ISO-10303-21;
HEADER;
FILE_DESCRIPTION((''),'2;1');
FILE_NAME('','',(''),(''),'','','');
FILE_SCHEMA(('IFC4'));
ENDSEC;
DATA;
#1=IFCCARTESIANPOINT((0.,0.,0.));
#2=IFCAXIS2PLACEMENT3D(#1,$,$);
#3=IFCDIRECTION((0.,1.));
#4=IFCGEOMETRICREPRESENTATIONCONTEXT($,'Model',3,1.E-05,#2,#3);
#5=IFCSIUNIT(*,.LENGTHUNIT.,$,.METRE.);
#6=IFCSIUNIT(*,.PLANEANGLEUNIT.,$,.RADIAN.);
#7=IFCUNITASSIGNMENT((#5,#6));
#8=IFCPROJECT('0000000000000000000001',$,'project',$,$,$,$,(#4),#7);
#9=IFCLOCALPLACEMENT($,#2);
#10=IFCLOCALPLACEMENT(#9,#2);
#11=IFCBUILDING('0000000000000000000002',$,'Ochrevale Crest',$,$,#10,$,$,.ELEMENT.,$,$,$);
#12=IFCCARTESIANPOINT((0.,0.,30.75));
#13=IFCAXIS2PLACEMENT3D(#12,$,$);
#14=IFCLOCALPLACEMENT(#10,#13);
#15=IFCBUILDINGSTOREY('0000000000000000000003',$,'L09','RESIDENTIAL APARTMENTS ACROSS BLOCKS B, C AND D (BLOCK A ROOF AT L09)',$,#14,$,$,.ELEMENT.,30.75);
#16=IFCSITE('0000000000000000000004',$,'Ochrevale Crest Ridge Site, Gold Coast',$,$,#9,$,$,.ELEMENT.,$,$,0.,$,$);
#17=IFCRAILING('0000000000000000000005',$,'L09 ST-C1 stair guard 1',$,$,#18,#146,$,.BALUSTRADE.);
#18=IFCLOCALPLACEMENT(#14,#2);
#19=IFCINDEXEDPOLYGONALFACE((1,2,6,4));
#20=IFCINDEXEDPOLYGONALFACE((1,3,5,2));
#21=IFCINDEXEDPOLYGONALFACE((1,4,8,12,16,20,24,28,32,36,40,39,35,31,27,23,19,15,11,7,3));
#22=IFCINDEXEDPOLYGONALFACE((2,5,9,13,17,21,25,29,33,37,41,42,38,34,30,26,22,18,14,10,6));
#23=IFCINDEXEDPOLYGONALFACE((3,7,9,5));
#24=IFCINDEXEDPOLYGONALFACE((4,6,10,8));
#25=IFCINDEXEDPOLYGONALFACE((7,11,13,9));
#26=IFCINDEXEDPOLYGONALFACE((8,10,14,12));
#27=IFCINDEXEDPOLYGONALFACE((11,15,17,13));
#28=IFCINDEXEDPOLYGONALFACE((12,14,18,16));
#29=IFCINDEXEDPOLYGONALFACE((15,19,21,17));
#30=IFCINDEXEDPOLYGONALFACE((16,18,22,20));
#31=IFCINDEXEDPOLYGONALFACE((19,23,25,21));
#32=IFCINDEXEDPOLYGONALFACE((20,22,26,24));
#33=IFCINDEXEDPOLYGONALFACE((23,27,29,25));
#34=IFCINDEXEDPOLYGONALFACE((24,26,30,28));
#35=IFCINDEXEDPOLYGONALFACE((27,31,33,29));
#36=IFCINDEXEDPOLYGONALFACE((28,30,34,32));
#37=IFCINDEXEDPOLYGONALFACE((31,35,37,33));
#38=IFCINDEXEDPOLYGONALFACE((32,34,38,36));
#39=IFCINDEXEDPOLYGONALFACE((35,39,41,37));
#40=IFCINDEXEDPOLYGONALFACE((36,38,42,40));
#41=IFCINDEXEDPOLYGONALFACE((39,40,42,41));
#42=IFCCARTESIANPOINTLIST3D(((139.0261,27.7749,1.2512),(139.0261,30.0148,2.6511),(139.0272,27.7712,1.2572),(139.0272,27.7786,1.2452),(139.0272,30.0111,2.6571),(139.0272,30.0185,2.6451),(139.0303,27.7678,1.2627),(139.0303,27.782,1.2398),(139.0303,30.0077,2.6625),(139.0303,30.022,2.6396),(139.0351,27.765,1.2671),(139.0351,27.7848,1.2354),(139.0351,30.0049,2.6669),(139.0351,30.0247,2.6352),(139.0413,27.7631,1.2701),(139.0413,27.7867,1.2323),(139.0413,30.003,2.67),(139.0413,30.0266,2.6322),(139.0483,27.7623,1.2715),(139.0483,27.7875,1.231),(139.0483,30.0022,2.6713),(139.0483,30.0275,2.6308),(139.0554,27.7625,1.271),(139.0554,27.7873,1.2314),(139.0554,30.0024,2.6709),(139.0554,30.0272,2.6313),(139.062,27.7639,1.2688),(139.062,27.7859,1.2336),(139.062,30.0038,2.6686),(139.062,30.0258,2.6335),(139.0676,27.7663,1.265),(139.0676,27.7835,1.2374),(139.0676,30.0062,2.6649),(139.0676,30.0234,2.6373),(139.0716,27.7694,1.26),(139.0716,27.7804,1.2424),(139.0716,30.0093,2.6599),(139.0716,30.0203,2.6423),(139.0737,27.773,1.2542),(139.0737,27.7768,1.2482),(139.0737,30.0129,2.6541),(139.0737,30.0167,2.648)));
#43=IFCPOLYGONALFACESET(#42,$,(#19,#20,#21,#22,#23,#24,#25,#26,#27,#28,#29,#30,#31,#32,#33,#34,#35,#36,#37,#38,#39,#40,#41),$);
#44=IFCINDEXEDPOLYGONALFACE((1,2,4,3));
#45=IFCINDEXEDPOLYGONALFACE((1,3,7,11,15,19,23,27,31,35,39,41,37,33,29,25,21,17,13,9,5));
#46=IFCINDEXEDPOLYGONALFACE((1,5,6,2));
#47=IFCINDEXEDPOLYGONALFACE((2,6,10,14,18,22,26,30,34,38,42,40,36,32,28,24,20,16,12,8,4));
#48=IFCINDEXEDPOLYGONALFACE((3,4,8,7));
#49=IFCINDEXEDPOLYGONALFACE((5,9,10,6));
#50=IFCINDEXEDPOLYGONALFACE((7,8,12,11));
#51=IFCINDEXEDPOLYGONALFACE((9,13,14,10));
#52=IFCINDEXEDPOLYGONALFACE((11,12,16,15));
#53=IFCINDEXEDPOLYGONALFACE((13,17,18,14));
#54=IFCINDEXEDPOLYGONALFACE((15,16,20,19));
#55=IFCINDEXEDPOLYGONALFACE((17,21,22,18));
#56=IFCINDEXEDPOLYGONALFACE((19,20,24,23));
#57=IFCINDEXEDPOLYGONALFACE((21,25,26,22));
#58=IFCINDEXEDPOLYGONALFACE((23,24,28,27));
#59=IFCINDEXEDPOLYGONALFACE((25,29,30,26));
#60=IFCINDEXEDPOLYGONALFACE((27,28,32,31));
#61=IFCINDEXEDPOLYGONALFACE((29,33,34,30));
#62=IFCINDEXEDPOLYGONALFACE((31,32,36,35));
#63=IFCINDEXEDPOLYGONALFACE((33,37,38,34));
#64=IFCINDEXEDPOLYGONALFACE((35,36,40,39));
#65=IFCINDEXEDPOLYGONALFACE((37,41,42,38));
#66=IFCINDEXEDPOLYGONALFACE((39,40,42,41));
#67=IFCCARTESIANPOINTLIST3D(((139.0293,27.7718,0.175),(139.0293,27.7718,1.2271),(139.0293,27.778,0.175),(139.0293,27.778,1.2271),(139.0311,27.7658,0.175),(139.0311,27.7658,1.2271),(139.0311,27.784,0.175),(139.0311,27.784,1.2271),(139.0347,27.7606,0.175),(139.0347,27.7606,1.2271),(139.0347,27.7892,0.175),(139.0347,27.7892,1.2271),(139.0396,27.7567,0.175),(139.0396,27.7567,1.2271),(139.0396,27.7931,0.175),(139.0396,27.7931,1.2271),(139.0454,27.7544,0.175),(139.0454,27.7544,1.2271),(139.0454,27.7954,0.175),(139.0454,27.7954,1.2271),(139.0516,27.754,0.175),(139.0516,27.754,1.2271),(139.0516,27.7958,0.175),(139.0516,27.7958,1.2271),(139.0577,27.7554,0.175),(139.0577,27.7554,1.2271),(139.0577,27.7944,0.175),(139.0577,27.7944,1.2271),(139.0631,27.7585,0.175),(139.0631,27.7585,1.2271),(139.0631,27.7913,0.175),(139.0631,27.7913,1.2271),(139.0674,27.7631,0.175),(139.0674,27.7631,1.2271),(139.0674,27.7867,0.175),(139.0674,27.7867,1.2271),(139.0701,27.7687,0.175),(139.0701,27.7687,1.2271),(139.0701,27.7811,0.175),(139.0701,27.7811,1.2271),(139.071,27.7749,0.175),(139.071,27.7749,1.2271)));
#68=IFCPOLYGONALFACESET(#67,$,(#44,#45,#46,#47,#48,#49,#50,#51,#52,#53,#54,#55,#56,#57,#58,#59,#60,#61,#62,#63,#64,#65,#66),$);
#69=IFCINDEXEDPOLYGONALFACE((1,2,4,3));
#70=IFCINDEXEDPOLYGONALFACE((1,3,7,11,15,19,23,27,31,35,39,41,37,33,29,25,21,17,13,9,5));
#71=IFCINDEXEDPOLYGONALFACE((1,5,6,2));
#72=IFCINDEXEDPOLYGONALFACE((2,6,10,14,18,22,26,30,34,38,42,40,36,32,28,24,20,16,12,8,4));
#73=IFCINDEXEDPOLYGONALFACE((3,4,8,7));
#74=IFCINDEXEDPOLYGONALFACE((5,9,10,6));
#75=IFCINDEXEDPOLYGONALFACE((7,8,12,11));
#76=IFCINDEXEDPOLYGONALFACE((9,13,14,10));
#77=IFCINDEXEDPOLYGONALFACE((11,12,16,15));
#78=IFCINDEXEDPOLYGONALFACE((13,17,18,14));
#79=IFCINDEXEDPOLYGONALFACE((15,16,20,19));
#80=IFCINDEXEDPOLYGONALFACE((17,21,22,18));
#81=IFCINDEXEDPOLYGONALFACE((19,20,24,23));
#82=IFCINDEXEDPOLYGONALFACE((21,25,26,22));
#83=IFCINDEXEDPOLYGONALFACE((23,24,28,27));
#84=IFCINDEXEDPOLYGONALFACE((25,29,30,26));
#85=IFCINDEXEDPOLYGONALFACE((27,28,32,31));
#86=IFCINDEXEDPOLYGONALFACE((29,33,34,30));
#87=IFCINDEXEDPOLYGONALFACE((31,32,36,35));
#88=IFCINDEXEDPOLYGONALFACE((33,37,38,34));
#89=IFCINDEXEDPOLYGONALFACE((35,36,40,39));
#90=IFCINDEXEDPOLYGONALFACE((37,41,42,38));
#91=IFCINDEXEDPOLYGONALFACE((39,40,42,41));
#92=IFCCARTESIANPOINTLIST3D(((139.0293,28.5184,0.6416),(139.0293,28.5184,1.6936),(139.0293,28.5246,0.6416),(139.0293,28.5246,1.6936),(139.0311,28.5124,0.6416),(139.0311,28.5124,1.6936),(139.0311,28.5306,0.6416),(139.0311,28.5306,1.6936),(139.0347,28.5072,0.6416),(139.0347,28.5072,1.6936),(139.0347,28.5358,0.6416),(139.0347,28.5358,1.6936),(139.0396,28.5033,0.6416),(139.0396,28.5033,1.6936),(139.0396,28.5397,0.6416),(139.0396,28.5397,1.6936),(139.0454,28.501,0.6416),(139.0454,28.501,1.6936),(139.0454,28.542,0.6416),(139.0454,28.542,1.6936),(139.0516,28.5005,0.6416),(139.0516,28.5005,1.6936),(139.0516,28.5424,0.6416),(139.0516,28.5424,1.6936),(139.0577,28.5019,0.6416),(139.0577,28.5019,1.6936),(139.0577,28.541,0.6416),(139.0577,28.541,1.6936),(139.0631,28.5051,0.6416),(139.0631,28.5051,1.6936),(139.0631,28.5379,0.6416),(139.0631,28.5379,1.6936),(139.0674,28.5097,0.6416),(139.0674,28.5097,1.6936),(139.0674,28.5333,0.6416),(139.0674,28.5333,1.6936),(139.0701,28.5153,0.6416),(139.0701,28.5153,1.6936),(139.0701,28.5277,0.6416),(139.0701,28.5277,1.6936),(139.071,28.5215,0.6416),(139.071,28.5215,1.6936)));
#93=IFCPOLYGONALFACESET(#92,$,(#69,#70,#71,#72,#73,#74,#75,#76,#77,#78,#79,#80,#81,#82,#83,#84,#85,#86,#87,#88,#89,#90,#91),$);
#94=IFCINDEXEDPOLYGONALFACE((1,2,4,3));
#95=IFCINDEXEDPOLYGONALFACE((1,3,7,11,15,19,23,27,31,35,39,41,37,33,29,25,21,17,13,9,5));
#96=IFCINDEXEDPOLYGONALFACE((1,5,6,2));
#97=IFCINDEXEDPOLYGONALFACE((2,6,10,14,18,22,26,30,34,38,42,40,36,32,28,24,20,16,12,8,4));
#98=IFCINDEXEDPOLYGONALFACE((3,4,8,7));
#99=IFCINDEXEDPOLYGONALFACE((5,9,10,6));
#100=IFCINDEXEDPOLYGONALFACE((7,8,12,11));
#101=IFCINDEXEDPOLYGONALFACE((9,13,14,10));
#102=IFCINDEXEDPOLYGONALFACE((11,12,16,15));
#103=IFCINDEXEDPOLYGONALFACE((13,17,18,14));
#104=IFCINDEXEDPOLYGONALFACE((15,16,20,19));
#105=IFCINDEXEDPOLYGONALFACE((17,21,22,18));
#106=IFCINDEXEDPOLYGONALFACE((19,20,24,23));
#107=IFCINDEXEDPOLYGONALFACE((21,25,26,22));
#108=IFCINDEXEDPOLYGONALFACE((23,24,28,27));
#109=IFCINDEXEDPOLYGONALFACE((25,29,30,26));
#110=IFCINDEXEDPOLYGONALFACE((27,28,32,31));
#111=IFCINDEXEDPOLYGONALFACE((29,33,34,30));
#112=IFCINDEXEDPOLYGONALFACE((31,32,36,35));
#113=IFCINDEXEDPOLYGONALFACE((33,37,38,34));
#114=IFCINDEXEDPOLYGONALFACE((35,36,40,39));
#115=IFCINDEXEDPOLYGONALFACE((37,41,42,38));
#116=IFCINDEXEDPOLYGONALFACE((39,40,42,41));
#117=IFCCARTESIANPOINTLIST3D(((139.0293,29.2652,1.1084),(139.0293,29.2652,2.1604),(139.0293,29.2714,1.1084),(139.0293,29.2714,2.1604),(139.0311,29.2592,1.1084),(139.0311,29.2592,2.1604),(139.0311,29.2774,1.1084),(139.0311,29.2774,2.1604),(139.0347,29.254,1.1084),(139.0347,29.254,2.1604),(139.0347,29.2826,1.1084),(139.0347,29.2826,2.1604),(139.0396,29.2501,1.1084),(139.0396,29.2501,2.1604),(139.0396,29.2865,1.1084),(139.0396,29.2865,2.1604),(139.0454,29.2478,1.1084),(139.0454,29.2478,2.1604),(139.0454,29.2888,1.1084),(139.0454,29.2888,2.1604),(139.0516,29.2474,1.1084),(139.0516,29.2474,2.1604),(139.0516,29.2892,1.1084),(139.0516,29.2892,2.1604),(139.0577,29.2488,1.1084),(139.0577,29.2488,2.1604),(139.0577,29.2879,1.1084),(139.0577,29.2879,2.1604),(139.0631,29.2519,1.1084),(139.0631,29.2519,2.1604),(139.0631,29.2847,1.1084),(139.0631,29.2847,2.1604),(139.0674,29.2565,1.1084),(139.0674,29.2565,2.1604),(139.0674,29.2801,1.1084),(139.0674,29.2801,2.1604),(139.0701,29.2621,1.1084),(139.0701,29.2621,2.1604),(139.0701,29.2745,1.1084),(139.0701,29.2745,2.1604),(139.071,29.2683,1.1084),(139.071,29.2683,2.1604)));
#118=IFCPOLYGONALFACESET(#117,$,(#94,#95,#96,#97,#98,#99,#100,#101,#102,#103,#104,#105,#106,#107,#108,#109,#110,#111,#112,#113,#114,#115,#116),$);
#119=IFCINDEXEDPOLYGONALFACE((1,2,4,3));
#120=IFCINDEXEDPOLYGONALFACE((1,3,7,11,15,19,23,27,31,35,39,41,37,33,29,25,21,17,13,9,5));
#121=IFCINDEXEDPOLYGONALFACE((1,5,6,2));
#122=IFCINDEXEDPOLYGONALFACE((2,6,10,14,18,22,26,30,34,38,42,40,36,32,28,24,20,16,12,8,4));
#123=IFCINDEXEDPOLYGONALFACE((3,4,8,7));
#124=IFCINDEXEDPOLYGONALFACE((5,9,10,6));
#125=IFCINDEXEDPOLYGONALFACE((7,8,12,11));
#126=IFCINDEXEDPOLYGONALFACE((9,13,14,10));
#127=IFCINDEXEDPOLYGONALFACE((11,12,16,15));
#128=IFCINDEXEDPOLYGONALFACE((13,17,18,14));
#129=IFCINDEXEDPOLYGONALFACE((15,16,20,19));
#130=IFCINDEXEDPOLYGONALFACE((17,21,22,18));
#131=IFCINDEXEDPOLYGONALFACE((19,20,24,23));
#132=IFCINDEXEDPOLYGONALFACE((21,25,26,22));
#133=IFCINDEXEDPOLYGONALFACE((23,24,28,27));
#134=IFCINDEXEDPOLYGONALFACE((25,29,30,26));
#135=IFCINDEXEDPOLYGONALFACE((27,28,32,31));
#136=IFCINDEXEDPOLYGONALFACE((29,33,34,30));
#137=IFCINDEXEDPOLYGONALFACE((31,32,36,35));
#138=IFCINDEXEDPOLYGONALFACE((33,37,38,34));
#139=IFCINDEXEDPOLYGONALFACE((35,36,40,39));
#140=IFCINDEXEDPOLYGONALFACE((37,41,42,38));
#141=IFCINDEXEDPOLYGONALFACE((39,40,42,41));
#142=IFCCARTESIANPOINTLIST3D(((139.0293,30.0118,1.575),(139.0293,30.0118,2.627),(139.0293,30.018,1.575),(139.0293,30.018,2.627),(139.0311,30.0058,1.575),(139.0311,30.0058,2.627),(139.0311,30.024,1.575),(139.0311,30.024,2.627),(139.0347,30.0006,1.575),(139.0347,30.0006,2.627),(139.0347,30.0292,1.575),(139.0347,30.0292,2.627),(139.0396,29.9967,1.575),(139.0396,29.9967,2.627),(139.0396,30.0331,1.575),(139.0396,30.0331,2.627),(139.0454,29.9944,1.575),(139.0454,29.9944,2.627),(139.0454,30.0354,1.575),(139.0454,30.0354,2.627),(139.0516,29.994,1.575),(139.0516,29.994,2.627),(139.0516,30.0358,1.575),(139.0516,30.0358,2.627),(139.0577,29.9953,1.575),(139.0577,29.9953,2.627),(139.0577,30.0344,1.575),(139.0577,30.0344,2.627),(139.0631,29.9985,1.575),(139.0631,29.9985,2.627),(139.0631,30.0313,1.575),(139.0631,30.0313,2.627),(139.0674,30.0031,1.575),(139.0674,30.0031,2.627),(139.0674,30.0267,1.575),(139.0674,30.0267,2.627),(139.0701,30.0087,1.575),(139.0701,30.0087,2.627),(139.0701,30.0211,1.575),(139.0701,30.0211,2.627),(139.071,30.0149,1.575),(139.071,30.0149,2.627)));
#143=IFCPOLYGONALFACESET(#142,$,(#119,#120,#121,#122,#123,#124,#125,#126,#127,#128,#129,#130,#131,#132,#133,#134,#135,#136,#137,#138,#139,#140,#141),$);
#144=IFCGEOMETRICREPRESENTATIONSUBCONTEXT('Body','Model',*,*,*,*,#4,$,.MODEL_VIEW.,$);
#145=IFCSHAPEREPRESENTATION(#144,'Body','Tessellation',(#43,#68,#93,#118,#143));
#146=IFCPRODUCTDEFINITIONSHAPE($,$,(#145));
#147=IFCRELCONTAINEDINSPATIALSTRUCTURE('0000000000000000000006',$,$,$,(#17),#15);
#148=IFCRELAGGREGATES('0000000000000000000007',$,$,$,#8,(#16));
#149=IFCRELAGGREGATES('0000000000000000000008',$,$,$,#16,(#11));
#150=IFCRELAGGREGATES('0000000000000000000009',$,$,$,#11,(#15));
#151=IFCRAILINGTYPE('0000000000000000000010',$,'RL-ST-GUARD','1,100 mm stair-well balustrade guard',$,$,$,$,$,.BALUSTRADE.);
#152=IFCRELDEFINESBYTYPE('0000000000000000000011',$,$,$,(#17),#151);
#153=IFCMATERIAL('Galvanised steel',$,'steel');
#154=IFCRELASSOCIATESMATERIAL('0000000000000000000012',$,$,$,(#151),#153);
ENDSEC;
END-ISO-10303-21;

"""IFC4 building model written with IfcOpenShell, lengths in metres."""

from ifc_helpers import new_model, si_unit, direction, frame, origin, origin_2d, place, context, subcontext, project, spatial, circle, extrude, material, type_object, element, save


model = new_model("IFC4")

# Units and contexts
model_context = context("Model", 3, precision=1e-05, world=origin(), true_north=direction((0.0, 1.0)))
body_context = subcontext(model_context, "Body", "Model", "MODEL_VIEW")
ifc_project = project(units=[si_unit("LENGTHUNIT", "METRE"), si_unit("PLANEANGLEUNIT", "RADIAN")], contexts=[model_context])

# Site, building, storey
site_placement = place(None, origin())
site = spatial("IfcSite", under=ifc_project, at=site_placement, Name="Ochrevale Crest Ridge Site, Gold Coast", CompositionType="ELEMENT", RefElevation=0.0)
building_placement = place(site_placement, origin())
building = spatial("IfcBuilding", under=site, at=building_placement, Name="Ochrevale Crest", CompositionType="ELEMENT")
storey_placement = place(building_placement, frame((0.0, 0.0, 30.75)))
storey = spatial("IfcBuildingStorey", under=building, at=storey_placement, Name="L09", Description="RESIDENTIAL APARTMENTS ACROSS BLOCKS B, C AND D (BLOCK A ROOF AT L09)", CompositionType="ELEMENT", Elevation=30.75)

# Railing
ifc_material_1 = material(Name="Galvanised steel", Category="steel")
railing_type_1 = type_object("IfcRailingType", Name="RL-ST-GUARD", Description="1,100 mm stair-well balustrade guard", PredefinedType="BALUSTRADE", material=ifc_material_1)
railing_1_placement = place(storey_placement, frame((139.05, 27.7749, 0.175)))
element("IfcRailing", 1, at=railing_1_placement, inside=storey, type_object=railing_type_1, Name="L09 ST-C1 stair guard 1", PredefinedType="BALUSTRADE", context=body_context, shape_type="SweptSolid", body=[
    extrude(circle(Radius=0.0239, at=origin_2d()), frame((0.0, 0.0, 1.0762), z_axis=(0.0, 0.848014, 0.529974), x_axis=(-1.0, 0.0, 0.0)), (0.0, 0.0, 1.0), 2.6414),
    extrude(circle(Radius=0.021, at=origin_2d()), origin(), (0.0, 0.0, 1.0), 1.052),
    extrude(circle(Radius=0.021, at=origin_2d()), frame((0.0, 0.7466, 0.4666)), (0.0, 0.0, 1.0), 1.052),
    extrude(circle(Radius=0.021, at=origin_2d()), frame((0.0, 1.4934, 0.9333)), (0.0, 0.0, 1.0), 1.052),
    extrude(circle(Radius=0.021, at=origin_2d()), frame((0.0, 2.24, 1.3999)), (0.0, 0.0, 1.0), 1.052),
])

save(model, "model.ifc")
